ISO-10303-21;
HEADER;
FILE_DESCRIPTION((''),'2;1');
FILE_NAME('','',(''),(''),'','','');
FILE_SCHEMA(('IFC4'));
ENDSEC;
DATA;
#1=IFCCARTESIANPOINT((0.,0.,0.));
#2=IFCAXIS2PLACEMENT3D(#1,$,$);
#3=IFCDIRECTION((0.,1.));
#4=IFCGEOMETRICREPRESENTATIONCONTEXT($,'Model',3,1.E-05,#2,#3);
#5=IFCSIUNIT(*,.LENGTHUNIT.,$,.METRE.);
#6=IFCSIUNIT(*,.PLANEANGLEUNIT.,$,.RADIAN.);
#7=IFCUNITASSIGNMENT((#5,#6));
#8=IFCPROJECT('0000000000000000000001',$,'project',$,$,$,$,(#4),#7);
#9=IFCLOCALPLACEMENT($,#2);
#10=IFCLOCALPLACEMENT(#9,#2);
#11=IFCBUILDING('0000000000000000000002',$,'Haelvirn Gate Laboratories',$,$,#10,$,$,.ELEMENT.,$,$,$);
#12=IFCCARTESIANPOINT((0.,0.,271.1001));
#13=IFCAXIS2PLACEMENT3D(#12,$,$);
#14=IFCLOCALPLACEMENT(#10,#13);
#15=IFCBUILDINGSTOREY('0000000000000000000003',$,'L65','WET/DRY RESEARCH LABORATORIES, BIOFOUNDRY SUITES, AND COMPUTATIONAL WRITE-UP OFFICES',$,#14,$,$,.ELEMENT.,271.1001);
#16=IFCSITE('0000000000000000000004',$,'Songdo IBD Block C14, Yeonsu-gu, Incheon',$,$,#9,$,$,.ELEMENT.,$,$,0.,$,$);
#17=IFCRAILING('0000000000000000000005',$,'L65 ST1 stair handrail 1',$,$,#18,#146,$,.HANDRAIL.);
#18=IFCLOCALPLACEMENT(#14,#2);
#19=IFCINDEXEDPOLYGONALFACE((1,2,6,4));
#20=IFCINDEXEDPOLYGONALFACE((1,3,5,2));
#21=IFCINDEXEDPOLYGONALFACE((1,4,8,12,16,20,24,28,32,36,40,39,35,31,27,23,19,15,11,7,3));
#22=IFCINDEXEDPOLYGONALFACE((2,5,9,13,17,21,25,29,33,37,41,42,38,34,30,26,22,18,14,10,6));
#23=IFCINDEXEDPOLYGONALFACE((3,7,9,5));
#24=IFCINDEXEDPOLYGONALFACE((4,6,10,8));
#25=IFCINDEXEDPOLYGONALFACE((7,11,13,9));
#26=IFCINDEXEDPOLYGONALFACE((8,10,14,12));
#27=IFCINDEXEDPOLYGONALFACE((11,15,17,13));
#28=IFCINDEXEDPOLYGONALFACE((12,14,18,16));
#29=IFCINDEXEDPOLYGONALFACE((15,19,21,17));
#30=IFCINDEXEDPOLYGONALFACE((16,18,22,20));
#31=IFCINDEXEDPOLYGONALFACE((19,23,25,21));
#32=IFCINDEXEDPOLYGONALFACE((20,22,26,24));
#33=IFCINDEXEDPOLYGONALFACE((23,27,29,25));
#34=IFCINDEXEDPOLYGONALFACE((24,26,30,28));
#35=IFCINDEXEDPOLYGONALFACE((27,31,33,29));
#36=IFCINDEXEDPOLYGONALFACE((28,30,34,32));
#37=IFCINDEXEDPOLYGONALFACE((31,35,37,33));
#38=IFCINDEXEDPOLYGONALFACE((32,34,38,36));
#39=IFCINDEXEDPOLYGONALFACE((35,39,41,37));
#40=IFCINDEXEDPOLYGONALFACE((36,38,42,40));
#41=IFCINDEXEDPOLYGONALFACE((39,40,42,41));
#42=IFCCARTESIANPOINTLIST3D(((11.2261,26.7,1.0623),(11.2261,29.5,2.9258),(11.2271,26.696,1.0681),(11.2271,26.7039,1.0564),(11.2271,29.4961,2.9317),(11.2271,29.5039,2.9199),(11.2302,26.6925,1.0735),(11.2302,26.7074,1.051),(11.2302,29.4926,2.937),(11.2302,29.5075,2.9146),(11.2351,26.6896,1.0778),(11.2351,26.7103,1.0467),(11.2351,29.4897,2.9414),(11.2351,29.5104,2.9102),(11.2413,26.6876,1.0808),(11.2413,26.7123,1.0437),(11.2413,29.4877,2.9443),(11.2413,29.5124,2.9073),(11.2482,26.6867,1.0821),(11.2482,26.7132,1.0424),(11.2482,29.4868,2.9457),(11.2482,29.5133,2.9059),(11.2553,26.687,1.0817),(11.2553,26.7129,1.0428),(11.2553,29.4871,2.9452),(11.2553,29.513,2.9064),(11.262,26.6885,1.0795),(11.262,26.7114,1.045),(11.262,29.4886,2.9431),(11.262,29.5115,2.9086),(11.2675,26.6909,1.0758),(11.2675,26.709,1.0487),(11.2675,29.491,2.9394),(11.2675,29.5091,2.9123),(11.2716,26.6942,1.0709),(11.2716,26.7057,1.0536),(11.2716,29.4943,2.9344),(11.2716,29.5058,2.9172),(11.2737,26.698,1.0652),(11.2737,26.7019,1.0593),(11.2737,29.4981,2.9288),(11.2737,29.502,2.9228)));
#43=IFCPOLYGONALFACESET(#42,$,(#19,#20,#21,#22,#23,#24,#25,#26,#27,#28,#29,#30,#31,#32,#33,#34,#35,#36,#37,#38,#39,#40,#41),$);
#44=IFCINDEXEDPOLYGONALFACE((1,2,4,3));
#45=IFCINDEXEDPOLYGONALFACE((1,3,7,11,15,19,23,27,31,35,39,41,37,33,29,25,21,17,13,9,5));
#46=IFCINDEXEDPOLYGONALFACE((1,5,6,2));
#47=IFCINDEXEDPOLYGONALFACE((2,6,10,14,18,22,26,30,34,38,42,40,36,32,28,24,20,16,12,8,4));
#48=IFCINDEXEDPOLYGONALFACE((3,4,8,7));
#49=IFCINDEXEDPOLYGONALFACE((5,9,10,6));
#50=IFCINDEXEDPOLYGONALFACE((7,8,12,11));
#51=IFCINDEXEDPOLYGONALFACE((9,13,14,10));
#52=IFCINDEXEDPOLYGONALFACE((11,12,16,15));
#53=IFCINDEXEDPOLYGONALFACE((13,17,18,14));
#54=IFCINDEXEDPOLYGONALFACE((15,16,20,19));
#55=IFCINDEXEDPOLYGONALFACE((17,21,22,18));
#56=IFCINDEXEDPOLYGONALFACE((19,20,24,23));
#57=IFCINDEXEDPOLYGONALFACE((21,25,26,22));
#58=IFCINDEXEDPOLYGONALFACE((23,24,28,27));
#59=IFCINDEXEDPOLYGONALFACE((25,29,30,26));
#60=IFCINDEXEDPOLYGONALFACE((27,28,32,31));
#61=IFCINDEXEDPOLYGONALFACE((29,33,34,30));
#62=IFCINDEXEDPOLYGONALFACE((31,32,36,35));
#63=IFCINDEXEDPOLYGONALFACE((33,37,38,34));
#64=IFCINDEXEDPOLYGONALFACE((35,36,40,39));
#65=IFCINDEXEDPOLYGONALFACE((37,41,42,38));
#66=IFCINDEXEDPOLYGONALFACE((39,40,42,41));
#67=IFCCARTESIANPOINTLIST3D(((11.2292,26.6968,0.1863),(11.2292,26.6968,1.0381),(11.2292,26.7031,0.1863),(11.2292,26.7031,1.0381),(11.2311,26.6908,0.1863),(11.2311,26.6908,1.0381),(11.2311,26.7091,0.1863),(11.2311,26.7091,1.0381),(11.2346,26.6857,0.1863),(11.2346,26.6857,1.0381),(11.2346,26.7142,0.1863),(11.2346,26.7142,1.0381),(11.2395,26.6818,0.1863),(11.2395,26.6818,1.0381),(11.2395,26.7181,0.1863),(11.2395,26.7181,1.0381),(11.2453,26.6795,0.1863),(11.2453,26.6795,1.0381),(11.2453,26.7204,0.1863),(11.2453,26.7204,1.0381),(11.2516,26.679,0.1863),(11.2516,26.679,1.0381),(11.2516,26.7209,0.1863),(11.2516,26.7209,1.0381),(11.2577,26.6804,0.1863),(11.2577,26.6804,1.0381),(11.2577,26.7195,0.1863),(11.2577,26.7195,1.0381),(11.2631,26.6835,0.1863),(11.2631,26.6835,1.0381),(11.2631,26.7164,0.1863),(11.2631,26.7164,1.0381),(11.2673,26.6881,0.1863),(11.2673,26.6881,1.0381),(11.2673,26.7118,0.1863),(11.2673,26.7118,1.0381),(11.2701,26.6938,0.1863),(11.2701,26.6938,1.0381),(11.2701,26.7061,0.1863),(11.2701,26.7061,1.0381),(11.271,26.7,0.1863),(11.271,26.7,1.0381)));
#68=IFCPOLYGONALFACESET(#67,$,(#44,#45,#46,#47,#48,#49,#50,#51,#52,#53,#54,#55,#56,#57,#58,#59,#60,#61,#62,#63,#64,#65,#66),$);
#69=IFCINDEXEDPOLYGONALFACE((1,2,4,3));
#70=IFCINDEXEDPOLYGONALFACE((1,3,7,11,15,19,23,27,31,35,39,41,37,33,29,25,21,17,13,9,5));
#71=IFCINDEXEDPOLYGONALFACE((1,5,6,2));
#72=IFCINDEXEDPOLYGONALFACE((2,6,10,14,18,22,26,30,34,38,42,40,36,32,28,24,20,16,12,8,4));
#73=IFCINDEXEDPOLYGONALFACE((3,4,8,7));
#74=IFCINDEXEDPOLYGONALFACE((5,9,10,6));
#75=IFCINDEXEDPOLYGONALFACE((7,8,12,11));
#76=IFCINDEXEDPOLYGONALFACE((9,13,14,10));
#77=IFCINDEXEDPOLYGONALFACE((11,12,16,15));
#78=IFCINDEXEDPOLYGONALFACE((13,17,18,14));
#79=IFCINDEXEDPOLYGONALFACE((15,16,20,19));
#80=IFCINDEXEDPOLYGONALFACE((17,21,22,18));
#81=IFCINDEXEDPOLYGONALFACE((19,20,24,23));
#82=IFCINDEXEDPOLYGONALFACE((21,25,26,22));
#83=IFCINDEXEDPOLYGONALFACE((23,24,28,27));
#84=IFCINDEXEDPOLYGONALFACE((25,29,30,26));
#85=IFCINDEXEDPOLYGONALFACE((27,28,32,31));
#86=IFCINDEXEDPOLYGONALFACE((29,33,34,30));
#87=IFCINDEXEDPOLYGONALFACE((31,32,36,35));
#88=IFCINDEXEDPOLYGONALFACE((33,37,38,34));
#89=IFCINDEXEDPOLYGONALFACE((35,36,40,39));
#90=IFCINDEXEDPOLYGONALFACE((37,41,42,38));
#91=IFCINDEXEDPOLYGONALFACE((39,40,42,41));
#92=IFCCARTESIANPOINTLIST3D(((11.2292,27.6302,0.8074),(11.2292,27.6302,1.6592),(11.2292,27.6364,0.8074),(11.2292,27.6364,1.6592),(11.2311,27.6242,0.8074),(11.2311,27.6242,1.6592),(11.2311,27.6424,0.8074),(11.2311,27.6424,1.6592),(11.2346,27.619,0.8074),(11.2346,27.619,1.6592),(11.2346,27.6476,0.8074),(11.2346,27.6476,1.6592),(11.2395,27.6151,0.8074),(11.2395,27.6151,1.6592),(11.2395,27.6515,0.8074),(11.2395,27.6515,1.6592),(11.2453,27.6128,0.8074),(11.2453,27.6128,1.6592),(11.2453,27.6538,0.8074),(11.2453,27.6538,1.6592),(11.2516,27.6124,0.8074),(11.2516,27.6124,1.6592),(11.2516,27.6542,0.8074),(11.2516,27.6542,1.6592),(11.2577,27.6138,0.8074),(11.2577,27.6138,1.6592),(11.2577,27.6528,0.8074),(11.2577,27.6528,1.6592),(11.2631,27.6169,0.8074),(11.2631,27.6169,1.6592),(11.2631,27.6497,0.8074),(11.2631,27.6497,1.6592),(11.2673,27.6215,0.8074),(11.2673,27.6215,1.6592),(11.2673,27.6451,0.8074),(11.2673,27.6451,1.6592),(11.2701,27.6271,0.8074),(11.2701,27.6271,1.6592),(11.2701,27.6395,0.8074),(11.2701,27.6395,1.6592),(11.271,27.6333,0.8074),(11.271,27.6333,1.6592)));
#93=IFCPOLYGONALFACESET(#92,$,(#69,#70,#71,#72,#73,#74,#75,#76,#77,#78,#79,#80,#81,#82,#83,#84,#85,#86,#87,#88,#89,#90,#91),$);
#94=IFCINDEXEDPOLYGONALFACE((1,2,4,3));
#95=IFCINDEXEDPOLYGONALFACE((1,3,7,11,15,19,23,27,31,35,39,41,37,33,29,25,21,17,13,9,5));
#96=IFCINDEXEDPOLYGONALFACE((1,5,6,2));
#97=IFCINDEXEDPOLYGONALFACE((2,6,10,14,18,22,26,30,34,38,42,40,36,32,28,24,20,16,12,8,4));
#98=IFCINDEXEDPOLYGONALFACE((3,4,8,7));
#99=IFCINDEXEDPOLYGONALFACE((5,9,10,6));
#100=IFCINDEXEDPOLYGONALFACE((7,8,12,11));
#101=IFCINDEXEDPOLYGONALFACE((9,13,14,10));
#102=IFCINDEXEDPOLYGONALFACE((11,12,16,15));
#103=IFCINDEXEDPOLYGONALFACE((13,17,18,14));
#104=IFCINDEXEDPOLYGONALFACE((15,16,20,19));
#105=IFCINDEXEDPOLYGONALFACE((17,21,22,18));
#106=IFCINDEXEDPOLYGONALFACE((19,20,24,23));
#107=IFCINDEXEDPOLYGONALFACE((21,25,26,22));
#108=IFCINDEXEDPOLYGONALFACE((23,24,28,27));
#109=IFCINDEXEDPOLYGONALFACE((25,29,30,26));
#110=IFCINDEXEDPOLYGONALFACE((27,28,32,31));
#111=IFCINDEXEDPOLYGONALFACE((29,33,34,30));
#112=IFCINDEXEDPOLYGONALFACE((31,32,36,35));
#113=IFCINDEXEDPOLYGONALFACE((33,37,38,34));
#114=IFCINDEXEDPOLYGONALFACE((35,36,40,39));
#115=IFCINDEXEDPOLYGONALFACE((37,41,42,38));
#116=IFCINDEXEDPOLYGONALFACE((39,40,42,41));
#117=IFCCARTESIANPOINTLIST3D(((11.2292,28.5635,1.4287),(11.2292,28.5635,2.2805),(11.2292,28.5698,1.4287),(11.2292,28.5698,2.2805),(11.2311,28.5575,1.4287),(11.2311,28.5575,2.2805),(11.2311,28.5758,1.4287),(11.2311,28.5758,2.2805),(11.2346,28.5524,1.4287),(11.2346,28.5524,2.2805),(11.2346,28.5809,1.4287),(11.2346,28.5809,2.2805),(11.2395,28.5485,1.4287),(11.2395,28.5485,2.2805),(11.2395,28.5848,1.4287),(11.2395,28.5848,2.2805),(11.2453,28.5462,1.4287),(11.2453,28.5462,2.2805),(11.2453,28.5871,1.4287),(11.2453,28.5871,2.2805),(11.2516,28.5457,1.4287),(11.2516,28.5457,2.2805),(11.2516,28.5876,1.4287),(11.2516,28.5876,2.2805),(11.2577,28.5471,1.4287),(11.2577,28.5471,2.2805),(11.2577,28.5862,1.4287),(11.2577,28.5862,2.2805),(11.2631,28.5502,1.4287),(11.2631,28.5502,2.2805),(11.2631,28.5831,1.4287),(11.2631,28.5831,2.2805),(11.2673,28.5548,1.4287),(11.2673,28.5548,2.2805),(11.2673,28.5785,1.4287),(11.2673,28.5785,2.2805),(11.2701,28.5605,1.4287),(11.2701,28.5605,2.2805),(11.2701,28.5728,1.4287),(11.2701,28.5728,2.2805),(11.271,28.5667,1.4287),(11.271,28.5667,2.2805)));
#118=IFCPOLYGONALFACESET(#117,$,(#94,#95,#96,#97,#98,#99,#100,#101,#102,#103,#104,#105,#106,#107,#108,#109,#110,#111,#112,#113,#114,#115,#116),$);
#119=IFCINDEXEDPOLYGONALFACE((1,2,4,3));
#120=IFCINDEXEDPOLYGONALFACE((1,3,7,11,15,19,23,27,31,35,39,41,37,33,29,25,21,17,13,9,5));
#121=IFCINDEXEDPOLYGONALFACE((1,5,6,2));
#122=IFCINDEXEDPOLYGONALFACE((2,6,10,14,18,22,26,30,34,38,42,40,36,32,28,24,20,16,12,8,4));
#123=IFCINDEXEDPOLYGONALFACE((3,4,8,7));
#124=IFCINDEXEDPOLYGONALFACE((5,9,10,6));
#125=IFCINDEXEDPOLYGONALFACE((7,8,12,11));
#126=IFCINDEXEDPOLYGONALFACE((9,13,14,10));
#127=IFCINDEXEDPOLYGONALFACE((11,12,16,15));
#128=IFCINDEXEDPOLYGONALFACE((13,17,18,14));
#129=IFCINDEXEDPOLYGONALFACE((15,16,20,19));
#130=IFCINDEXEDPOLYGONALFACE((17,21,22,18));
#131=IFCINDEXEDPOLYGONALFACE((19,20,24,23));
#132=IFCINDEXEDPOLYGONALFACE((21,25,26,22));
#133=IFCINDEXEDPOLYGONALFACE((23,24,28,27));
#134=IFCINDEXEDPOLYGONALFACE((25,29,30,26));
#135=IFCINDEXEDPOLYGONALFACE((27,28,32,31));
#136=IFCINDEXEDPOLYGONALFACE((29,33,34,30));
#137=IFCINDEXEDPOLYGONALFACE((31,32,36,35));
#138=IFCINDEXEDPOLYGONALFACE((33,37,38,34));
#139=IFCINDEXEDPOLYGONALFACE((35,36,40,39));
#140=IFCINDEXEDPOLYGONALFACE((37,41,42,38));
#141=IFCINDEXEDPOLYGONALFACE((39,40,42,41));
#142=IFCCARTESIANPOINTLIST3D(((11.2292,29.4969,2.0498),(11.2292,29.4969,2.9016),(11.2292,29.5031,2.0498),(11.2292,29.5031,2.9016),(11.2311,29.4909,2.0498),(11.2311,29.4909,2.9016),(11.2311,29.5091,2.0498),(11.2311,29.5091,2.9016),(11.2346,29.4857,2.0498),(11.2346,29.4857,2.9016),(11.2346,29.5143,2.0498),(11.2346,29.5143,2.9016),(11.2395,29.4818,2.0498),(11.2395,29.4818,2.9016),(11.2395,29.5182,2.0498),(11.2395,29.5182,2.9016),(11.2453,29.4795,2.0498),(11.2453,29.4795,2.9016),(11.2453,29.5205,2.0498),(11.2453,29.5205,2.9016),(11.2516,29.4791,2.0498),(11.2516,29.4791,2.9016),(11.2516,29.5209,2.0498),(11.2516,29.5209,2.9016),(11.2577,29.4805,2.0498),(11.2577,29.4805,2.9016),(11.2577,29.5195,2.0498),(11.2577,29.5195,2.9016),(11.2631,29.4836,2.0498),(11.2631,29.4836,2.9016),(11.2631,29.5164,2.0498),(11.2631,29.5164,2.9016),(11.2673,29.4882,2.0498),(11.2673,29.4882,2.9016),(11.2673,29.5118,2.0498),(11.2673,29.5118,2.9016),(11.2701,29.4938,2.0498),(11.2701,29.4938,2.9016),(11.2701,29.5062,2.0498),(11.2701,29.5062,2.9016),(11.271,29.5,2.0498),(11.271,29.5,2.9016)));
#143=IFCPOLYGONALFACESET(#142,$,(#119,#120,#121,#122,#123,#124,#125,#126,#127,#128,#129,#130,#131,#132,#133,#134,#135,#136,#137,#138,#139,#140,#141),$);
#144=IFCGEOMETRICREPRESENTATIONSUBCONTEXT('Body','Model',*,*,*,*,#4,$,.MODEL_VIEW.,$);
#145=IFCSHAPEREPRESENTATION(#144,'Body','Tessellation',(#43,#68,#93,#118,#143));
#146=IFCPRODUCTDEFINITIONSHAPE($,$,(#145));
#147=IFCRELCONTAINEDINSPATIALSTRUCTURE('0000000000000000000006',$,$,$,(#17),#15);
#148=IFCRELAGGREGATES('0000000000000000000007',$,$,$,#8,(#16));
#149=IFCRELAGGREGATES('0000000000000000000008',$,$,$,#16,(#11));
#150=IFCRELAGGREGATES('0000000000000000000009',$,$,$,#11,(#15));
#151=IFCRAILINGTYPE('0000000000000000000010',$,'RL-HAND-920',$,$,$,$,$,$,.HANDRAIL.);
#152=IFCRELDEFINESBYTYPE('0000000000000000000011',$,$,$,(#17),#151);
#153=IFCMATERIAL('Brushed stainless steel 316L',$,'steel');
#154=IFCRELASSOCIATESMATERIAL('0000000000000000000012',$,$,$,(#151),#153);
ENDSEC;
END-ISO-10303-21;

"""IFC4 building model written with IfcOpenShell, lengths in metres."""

from ifc_helpers import new_model, si_unit, direction, frame, origin, origin_2d, place, context, subcontext, project, spatial, circle, extrude, source, transform, mapped, material, type_object, element, save


model = new_model("IFC4")

# Units and contexts
model_context = context("Model", 3, precision=1e-05, world=origin(), true_north=direction((0.0, 1.0)))
body_context = subcontext(model_context, "Body", "Model", "MODEL_VIEW")
ifc_project = project(units=[si_unit("LENGTHUNIT", "METRE"), si_unit("PLANEANGLEUNIT", "RADIAN")], contexts=[model_context])

# Site, building, storey
site_placement = place(None, origin())
site = spatial("IfcSite", under=ifc_project, at=site_placement, Name="Songdo IBD Block C14, Yeonsu-gu, Incheon", CompositionType="ELEMENT", RefElevation=0.0)
building_placement = place(site_placement, origin())
building = spatial("IfcBuilding", under=site, at=building_placement, Name="Haelvirn Gate Laboratories", CompositionType="ELEMENT")
storey_placement = place(building_placement, frame((0.0, 0.0, 271.1001)))
storey = spatial("IfcBuildingStorey", under=building, at=storey_placement, Name="L65", Description="WET/DRY RESEARCH LABORATORIES, BIOFOUNDRY SUITES, AND COMPUTATIONAL WRITE-UP OFFICES", CompositionType="ELEMENT", Elevation=271.1001)

# Railing
ifc_material_1 = material(Name="Brushed stainless steel 316L", Category="steel")
railing_type_1 = type_object("IfcRailingType", Name="RL-HAND-920", PredefinedType="HANDRAIL", material=ifc_material_1)
shared_shape_1 = source(origin(), body_context, "Body", "SweptSolid", [
    extrude(circle(Radius=0.0239, at=origin_2d()), frame((0.0, 0.0, 0.876), z_axis=(0.0, 0.832486, 0.554047), x_axis=(-1.0, 0.0, 0.0)), (0.0, 0.0, 1.0), 3.3635),
    extrude(circle(Radius=0.021, at=origin_2d()), origin(), (0.0, 0.0, 1.0), 0.8518),
    extrude(circle(Radius=0.021, at=origin_2d()), frame((0.0, 0.9333, 0.6211)), (0.0, 0.0, 1.0), 0.8518),
    extrude(circle(Radius=0.021, at=origin_2d()), frame((0.0, 1.8667, 1.2424)), (0.0, 0.0, 1.0), 0.8518),
    extrude(circle(Radius=0.021, at=origin_2d()), frame((0.0, 2.8, 1.8635)), (0.0, 0.0, 1.0), 0.8518),
])
railing_1_placement = place(storey_placement, frame((11.25, 26.7, 0.1863)))
element("IfcRailing", 1, at=railing_1_placement, inside=storey, type_object=railing_type_1, Name="L65 ST1 stair handrail 1", PredefinedType="HANDRAIL", context=body_context, shape_type="MappedRepresentation", body=[
    mapped(shared_shape_1, transform((0.0, 0.0, 0.0), scale=1.0)),
])

save(model, "model.ifc")
